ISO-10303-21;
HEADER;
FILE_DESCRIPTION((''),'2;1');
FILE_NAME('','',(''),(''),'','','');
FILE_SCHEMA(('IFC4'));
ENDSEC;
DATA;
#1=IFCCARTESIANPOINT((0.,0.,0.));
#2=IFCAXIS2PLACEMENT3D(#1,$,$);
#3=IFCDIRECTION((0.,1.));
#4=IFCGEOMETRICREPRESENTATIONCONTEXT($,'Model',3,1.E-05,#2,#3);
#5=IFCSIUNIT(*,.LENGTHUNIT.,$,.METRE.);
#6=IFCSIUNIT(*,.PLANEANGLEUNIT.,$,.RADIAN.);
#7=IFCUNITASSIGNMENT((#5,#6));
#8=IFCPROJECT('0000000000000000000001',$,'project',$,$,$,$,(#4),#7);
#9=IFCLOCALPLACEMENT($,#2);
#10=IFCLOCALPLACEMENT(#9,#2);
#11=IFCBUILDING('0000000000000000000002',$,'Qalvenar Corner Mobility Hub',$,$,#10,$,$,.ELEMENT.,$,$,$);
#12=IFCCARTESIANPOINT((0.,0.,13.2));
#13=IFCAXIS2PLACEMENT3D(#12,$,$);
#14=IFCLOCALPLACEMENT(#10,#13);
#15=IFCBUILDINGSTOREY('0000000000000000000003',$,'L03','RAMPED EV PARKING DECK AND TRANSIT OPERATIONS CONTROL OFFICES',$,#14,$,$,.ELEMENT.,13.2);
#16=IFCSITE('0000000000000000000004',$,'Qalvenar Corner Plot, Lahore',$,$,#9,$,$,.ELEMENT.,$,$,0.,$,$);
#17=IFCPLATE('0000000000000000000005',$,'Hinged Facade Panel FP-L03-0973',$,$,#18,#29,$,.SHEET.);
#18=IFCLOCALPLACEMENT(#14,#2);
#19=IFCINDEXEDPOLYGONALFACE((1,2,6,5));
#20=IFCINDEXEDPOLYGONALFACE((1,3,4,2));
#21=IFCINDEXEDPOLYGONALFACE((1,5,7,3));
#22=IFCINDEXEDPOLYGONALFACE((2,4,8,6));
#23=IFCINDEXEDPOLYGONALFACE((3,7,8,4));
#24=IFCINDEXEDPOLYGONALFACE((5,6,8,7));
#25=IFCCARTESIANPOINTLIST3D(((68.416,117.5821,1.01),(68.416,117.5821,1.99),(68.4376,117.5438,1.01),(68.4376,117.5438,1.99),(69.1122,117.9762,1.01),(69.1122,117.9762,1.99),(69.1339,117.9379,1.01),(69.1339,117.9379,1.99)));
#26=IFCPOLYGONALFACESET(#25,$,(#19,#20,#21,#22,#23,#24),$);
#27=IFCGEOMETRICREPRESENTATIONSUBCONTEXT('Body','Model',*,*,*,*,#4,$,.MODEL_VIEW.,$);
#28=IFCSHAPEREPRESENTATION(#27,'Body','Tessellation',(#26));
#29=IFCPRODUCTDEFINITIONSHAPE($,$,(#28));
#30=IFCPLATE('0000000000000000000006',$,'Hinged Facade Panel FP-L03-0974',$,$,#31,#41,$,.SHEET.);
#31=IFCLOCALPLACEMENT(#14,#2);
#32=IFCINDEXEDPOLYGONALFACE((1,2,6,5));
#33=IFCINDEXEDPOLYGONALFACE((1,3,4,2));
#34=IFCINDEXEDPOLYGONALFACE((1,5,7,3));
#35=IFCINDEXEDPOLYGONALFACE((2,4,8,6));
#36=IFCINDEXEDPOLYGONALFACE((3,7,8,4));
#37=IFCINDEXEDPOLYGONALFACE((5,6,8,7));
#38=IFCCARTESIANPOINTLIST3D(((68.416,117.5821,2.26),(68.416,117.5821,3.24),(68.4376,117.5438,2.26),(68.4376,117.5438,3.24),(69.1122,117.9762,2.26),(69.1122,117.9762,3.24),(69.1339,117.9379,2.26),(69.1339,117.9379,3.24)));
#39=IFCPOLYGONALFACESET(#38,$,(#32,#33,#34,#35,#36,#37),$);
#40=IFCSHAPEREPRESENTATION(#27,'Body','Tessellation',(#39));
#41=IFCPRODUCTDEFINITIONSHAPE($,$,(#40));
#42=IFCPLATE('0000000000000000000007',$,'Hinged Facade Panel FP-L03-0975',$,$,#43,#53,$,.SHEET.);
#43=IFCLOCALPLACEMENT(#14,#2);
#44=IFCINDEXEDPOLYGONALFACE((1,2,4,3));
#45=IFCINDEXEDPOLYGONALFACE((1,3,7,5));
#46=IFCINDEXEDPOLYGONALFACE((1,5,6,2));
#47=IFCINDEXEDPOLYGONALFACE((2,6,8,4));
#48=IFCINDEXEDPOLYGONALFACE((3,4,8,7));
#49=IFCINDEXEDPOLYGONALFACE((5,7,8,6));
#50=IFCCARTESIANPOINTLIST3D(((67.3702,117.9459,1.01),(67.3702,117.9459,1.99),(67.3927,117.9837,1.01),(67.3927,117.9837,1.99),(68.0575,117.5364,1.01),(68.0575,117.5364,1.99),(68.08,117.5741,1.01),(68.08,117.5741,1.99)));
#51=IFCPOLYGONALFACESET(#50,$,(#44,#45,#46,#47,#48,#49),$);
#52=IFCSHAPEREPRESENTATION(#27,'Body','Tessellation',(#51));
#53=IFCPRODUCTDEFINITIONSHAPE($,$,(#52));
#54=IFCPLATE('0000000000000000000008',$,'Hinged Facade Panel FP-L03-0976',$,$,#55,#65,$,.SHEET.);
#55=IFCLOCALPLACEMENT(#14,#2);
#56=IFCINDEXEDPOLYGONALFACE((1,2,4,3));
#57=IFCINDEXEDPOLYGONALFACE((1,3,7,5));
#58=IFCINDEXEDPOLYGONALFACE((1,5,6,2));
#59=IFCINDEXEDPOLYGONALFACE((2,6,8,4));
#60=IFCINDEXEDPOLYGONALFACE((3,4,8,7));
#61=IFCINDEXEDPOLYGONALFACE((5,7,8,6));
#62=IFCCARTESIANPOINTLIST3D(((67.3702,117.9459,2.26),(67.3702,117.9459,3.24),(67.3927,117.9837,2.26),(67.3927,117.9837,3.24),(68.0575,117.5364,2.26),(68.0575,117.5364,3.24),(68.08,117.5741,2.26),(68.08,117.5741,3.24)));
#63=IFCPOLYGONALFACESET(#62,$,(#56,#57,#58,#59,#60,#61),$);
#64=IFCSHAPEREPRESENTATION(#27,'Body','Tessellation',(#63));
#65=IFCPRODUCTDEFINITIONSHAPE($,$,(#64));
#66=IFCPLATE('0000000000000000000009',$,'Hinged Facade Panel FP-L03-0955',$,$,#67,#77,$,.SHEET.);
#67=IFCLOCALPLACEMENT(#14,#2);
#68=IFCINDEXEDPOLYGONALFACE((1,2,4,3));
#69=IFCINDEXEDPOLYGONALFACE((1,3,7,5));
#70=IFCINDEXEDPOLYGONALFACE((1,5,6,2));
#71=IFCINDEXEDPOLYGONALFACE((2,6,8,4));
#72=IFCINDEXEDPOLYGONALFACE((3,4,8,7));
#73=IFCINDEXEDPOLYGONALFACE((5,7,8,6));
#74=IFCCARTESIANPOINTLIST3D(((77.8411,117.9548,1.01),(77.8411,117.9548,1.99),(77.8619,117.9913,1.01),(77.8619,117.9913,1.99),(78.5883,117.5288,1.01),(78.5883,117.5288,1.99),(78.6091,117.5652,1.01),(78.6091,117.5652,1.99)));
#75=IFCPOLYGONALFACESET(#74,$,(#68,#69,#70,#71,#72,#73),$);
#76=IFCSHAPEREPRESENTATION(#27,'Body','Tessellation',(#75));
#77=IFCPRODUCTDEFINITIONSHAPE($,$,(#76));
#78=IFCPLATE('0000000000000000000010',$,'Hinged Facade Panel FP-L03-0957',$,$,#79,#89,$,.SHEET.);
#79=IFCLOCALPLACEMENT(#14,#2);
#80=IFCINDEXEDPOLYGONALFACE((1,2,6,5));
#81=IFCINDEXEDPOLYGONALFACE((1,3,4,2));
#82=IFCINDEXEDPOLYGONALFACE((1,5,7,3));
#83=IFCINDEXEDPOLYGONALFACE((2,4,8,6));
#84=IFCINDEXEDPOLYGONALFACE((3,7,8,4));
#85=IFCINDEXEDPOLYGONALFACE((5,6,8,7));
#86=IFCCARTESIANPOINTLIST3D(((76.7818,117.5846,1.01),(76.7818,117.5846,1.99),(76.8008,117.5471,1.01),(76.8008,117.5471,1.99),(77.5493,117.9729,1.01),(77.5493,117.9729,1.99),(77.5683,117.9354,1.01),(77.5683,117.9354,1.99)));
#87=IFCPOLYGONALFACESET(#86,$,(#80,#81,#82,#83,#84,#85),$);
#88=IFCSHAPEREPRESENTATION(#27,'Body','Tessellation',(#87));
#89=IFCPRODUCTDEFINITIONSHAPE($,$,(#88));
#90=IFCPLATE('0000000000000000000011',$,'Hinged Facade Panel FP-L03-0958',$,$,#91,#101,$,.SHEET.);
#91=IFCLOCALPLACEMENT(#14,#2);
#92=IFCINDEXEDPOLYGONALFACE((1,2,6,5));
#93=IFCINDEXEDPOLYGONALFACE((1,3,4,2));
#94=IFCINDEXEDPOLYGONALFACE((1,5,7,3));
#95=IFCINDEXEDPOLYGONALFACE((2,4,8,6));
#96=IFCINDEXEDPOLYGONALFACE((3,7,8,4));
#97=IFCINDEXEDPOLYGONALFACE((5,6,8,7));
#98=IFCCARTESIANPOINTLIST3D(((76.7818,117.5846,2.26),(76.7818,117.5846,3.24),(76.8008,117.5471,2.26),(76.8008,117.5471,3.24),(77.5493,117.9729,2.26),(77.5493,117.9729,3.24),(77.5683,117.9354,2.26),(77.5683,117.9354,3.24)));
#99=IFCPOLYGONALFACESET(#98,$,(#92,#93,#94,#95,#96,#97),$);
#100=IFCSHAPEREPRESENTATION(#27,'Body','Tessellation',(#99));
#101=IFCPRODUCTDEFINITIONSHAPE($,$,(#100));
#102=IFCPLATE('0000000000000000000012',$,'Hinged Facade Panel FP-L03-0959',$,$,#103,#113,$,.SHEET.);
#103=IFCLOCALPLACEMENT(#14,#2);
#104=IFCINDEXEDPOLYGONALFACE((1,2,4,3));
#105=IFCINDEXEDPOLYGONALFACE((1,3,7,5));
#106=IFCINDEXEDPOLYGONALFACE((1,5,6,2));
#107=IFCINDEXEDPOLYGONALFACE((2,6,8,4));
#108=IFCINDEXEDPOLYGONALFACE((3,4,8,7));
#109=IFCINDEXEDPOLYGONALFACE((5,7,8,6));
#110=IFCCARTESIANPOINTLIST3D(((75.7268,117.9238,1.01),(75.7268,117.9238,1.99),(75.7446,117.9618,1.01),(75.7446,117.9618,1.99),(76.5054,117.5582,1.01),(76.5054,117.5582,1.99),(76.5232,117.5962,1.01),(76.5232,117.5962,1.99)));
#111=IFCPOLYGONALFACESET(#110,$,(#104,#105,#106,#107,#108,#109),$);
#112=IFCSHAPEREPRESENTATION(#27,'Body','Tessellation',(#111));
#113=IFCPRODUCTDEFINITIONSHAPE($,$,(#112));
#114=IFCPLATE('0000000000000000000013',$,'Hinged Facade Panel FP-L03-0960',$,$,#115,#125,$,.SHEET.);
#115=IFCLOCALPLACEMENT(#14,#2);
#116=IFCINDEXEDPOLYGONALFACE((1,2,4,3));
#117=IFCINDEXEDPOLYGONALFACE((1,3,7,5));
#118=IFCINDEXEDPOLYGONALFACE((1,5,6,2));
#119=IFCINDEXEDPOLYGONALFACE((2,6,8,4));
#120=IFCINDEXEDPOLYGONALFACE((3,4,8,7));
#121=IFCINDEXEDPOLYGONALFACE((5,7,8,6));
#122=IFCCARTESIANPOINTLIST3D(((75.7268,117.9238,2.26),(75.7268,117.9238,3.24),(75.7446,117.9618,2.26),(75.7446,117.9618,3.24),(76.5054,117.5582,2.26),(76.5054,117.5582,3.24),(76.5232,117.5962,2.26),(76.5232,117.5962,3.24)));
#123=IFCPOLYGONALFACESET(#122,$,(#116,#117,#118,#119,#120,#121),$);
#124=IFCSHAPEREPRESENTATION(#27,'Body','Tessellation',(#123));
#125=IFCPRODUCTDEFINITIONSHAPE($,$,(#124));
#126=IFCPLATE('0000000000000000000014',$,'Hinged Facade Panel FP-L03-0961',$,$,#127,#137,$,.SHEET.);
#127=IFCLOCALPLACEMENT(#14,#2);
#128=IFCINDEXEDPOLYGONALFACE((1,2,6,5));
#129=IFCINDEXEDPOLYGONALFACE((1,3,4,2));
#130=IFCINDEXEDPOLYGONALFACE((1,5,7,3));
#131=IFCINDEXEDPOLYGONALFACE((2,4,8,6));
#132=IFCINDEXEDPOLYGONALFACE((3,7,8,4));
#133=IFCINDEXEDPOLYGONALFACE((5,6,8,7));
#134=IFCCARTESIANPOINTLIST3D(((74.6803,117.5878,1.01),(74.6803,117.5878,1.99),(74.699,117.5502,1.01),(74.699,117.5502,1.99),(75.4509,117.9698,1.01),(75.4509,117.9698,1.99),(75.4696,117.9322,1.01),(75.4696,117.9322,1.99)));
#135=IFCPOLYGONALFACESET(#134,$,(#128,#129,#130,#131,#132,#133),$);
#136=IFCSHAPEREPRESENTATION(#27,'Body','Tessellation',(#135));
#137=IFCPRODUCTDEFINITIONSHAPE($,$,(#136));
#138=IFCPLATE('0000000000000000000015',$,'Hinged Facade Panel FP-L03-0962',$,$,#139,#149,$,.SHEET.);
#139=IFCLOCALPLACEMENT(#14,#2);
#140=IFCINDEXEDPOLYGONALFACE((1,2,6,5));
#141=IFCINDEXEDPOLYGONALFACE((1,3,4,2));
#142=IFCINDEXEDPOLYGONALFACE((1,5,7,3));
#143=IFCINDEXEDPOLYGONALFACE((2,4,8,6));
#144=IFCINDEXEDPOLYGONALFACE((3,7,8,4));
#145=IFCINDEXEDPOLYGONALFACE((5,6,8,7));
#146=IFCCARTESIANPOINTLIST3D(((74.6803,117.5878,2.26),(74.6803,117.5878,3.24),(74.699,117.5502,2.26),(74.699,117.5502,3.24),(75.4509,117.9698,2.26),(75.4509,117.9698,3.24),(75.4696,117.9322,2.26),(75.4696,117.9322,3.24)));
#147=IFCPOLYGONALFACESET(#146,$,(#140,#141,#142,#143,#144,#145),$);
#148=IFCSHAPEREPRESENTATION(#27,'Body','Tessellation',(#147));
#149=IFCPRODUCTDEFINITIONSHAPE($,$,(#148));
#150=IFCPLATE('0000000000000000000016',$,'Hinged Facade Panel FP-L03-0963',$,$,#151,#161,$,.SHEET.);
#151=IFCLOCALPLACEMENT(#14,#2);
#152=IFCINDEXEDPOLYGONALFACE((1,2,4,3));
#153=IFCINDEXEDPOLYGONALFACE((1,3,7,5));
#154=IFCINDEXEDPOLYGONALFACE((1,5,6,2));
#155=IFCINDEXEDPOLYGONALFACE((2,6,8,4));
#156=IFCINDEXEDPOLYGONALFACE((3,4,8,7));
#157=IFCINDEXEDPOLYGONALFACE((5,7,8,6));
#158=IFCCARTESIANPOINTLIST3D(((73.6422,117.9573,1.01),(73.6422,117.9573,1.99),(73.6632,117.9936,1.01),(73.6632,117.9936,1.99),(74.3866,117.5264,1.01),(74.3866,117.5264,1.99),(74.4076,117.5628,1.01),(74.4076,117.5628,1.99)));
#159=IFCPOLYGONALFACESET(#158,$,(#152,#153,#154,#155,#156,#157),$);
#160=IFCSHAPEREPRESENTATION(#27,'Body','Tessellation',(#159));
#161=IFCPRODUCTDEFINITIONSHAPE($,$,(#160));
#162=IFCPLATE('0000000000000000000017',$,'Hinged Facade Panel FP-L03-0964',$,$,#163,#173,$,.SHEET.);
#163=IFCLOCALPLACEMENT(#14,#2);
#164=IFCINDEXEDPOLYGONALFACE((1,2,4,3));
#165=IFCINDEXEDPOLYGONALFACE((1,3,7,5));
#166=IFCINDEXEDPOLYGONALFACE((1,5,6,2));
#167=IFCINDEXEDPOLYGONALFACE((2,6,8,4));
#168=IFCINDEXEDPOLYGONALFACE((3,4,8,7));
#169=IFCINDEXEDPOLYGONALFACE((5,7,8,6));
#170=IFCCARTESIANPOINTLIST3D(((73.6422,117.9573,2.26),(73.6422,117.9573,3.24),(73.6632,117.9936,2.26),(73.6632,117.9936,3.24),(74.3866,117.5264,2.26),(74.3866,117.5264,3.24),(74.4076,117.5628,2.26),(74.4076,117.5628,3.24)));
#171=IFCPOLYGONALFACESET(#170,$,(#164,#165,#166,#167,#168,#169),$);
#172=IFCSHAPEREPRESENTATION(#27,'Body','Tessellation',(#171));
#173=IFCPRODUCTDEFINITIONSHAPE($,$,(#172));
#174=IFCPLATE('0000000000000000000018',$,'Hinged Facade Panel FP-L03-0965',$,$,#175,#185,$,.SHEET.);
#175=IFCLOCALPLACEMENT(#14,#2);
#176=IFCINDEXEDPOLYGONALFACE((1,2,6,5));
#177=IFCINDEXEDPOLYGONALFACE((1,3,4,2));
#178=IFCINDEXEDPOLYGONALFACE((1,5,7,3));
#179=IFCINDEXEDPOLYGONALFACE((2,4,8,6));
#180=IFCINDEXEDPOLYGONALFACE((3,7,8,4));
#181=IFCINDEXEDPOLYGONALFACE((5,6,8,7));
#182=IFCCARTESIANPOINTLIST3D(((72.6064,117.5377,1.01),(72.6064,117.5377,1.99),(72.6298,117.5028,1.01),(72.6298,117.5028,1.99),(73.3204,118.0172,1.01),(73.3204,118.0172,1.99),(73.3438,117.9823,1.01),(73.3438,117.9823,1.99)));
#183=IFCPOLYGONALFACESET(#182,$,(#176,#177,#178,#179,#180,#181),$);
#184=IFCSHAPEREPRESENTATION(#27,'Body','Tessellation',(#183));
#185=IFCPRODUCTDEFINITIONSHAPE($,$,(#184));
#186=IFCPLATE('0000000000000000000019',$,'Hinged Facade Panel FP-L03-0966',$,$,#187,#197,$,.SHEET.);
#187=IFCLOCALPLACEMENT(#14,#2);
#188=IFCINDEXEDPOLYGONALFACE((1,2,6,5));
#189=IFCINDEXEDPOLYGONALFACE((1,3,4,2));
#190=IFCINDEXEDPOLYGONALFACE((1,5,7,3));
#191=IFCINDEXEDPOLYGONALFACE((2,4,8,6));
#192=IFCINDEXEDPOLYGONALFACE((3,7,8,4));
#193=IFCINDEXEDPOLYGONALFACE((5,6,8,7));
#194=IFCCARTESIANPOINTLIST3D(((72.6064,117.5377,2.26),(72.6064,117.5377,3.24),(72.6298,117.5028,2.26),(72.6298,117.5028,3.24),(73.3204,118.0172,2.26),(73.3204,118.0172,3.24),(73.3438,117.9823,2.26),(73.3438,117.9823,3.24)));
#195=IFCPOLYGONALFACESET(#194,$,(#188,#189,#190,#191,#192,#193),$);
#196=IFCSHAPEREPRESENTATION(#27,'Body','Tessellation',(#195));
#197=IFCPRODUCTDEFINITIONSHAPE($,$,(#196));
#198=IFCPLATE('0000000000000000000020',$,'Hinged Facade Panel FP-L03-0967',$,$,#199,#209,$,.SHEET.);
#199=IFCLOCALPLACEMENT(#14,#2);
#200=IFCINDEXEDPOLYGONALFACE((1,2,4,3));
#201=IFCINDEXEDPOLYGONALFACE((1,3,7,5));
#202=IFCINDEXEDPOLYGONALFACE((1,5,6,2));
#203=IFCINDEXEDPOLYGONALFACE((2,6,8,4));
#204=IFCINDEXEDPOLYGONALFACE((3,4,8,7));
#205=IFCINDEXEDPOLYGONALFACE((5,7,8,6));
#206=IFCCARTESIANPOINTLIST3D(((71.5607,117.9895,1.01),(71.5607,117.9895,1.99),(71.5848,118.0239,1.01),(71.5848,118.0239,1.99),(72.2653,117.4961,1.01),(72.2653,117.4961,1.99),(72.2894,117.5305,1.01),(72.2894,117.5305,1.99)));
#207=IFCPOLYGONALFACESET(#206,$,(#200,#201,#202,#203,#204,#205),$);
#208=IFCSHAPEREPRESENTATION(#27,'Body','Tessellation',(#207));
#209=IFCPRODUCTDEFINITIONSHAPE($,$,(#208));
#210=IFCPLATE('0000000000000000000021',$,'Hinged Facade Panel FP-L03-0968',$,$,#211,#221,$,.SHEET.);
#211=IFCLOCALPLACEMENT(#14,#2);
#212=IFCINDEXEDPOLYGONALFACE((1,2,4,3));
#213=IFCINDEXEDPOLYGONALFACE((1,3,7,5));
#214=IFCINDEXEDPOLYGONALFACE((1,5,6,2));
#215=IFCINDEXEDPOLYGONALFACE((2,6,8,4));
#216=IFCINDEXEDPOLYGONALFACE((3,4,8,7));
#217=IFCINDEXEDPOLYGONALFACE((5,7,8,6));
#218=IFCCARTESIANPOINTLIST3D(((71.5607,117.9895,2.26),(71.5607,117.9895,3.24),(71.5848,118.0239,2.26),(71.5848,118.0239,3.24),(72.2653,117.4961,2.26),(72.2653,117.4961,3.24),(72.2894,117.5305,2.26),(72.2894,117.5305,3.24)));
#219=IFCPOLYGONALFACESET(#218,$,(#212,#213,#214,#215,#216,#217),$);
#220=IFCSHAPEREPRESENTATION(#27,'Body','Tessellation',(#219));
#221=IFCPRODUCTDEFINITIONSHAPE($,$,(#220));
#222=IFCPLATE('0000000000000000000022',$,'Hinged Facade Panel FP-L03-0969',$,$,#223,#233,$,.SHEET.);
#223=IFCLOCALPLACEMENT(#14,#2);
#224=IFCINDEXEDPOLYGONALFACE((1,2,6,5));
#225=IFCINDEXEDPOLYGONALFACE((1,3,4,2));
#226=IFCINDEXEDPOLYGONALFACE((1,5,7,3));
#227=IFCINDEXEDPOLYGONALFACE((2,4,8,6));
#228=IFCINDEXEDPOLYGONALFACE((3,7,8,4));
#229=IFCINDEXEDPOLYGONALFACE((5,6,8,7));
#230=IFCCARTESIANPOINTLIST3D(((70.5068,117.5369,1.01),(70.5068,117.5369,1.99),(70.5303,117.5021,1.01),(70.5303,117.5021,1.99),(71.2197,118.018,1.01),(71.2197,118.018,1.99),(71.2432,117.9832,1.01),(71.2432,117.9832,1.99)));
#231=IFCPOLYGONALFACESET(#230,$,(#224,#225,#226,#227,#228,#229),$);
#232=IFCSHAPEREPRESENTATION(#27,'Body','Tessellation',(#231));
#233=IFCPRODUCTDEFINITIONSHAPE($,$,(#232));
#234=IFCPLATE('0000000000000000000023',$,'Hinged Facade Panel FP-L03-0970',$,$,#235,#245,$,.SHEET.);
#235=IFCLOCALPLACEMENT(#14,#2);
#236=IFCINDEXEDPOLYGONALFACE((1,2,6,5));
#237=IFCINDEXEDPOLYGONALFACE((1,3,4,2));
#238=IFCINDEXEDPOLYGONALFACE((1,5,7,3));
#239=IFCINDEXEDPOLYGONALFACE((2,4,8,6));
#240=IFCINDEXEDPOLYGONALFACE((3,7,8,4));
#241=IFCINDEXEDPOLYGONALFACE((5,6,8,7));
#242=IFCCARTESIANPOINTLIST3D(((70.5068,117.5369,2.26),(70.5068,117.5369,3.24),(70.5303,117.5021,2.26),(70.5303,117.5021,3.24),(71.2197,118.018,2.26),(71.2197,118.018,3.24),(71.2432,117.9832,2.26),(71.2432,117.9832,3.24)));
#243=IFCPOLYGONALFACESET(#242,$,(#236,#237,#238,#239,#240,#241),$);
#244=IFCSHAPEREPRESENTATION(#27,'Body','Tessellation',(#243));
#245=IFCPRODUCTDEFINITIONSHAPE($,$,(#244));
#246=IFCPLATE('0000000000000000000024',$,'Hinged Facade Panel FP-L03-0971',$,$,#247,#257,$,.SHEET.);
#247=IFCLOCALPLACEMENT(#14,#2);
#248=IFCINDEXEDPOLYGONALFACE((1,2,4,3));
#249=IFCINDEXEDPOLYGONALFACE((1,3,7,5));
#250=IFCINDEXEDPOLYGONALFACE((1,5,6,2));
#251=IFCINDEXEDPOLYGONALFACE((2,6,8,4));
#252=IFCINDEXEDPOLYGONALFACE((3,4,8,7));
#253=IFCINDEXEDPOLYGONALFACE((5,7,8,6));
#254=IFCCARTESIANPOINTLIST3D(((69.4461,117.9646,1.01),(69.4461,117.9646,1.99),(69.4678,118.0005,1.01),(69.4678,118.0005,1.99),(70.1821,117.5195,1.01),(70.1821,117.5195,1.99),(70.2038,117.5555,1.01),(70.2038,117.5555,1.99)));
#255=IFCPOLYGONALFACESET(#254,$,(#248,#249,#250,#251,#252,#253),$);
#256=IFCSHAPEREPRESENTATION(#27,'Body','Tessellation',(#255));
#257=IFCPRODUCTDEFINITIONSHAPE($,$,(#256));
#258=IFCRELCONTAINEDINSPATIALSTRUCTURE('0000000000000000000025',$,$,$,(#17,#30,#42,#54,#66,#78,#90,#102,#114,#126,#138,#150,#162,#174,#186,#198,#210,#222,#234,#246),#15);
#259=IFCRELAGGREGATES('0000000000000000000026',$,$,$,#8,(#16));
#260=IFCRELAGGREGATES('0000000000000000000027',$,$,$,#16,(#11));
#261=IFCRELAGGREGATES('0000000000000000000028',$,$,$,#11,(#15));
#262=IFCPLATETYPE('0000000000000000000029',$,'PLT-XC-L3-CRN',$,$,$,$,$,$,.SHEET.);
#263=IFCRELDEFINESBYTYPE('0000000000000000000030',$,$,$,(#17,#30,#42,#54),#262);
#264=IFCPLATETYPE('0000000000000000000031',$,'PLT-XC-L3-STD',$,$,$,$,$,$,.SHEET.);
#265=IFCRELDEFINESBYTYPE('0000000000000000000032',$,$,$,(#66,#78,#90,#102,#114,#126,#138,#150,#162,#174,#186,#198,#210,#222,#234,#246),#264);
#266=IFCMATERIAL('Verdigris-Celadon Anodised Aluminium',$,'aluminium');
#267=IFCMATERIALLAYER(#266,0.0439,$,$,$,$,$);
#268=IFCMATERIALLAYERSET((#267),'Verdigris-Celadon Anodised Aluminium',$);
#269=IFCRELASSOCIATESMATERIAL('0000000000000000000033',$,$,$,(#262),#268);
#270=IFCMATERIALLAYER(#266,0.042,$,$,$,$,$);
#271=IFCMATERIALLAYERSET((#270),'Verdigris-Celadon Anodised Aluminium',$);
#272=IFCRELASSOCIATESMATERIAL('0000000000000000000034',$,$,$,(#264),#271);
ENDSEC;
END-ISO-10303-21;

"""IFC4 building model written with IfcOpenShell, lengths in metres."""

from ifc_helpers import new_model, si_unit, direction, frame, origin, origin_2d, place, context, subcontext, project, spatial, rectangle, extrude, material, layer, layer_set, type_object, element, save


model = new_model("IFC4")

# Units and contexts
model_context = context("Model", 3, precision=1e-05, world=origin(), true_north=direction((0.0, 1.0)))
body_context = subcontext(model_context, "Body", "Model", "MODEL_VIEW")
ifc_project = project(units=[si_unit("LENGTHUNIT", "METRE"), si_unit("PLANEANGLEUNIT", "RADIAN")], contexts=[model_context])

# Site, building, storey
site_placement = place(None, origin())
site = spatial("IfcSite", under=ifc_project, at=site_placement, Name="Qalvenar Corner Plot, Lahore", CompositionType="ELEMENT", RefElevation=0.0)
building_placement = place(site_placement, origin())
building = spatial("IfcBuilding", under=site, at=building_placement, Name="Qalvenar Corner Mobility Hub", CompositionType="ELEMENT")
storey_placement = place(building_placement, frame((0.0, 0.0, 13.2)))
storey = spatial("IfcBuildingStorey", under=building, at=storey_placement, Name="L03", Description="RAMPED EV PARKING DECK AND TRANSIT OPERATIONS CONTROL OFFICES", CompositionType="ELEMENT", Elevation=13.2)

# Plates
ifc_material_1 = material(Name="Verdigris-Celadon Anodised Aluminium", Category="aluminium")
ifc_layer_1 = layer(ifc_material_1, 0.0439)
ifc_layer_set_1 = layer_set([ifc_layer_1], Name="Verdigris-Celadon Anodised Aluminium")
plate_type_1 = type_object("IfcPlateType", Name="PLT-XC-L3-CRN", PredefinedType="SHEET", material=ifc_layer_set_1)
for number, where, z_axis, x_axis, name in (
    (1, (68.7749, 117.76, 1.01), (0.0, 0.0, 1.0), (-0.87027, -0.492575, 0.0), "Hinged Facade Panel FP-L03-0973"),
    (2, (68.7749, 117.76, 2.26), (0.0, 0.0, 1.0), (-0.87027, -0.492575, 0.0), "Hinged Facade Panel FP-L03-0974"),
    (3, (67.7251, 117.76, 1.01), (0.0, 0.0, 1.0), (-0.859049, 0.511893, 0.0), "Hinged Facade Panel FP-L03-0975"),
    (4, (67.7251, 117.76, 2.26), (0.0, 0.0, 1.0), (-0.859049, 0.511893, 0.0), "Hinged Facade Panel FP-L03-0976"),
):
    element("IfcPlate", number, at=place(storey_placement, frame(where, z_axis=z_axis, x_axis=x_axis)), inside=storey, type_object=plate_type_1, Name=name, PredefinedType="SHEET", context=body_context, shape_type="SweptSolid", body=[
        extrude(rectangle(XDim=0.8, YDim=0.0439, at=origin_2d()), origin(), (0.0, 0.0, 1.0), 0.98),
    ])
ifc_layer_2 = layer(ifc_material_1, 0.042)
ifc_layer_set_2 = layer_set([ifc_layer_2], Name="Verdigris-Celadon Anodised Aluminium")
plate_type_2 = type_object("IfcPlateType", Name="PLT-XC-L3-STD", PredefinedType="SHEET", material=ifc_layer_set_2)
for number, where, z_axis, x_axis, name in (
    (5, (78.2251, 117.76, 1.01), (0.0, 0.0, 1.0), (-0.868718, 0.495307, 0.0), "Hinged Facade Panel FP-L03-0955"),
    (6, (77.175, 117.76, 1.01), (0.0, 0.0, 1.0), (-0.892271, -0.451501, 0.0), "Hinged Facade Panel FP-L03-0957"),
    (7, (77.175, 117.76, 2.26), (0.0, 0.0, 1.0), (-0.892271, -0.451501, 0.0), "Hinged Facade Panel FP-L03-0958"),
    (8, (76.125, 117.76, 1.01), (0.0, 0.0, 1.0), (-0.905198, 0.42499, 0.0), "Hinged Facade Panel FP-L03-0959"),
    (9, (76.125, 117.76, 2.26), (0.0, 0.0, 1.0), (-0.905198, 0.42499, 0.0), "Hinged Facade Panel FP-L03-0960"),
    (10, (75.075, 117.76, 1.01), (0.0, 0.0, 1.0), (-0.895944, -0.444166, 0.0), "Hinged Facade Panel FP-L03-0961"),
    (11, (75.075, 117.76, 2.26), (0.0, 0.0, 1.0), (-0.895944, -0.444166, 0.0), "Hinged Facade Panel FP-L03-0962"),
    (12, (74.0249, 117.76, 1.01), (0.0, 0.0, 1.0), (-0.865501, 0.500907, 0.0), "Hinged Facade Panel FP-L03-0963"),
    (13, (74.0249, 117.76, 2.26), (0.0, 0.0, 1.0), (-0.865501, 0.500907, 0.0), "Hinged Facade Panel FP-L03-0964"),
    (14, (72.9751, 117.76, 1.01), (0.0, 0.0, 1.0), (-0.830207, -0.557455, 0.0), "Hinged Facade Panel FP-L03-0965"),
    (15, (72.9751, 117.76, 2.26), (0.0, 0.0, 1.0), (-0.830207, -0.557455, 0.0), "Hinged Facade Panel FP-L03-0966"),
    (16, (71.925, 117.76, 1.01), (0.0, 0.0, 1.0), (-0.819152, 0.573576, 0.0), "Hinged Facade Panel FP-L03-0967"),
    (17, (71.925, 117.76, 2.26), (0.0, 0.0, 1.0), (-0.819152, 0.573576, 0.0), "Hinged Facade Panel FP-L03-0968"),
    (18, (70.875, 117.76, 1.01), (0.0, 0.0, 1.0), (-0.82894, -0.559338, 0.0), "Hinged Facade Panel FP-L03-0969"),
    (19, (70.875, 117.76, 2.26), (0.0, 0.0, 1.0), (-0.82894, -0.559338, 0.0), "Hinged Facade Panel FP-L03-0970"),
    (20, (69.825, 117.76, 1.01), (0.0, 0.0, 1.0), (-0.855726, 0.51743, 0.0), "Hinged Facade Panel FP-L03-0971"),
):
    element("IfcPlate", number, at=place(storey_placement, frame(where, z_axis=z_axis, x_axis=x_axis)), inside=storey, type_object=plate_type_2, Name=name, PredefinedType="SHEET", context=body_context, shape_type="SweptSolid", body=[
        extrude(rectangle(XDim=0.8601, YDim=0.042, at=origin_2d()), origin(), (0.0, 0.0, 1.0), 0.98),
    ])

save(model, "model.ifc")
